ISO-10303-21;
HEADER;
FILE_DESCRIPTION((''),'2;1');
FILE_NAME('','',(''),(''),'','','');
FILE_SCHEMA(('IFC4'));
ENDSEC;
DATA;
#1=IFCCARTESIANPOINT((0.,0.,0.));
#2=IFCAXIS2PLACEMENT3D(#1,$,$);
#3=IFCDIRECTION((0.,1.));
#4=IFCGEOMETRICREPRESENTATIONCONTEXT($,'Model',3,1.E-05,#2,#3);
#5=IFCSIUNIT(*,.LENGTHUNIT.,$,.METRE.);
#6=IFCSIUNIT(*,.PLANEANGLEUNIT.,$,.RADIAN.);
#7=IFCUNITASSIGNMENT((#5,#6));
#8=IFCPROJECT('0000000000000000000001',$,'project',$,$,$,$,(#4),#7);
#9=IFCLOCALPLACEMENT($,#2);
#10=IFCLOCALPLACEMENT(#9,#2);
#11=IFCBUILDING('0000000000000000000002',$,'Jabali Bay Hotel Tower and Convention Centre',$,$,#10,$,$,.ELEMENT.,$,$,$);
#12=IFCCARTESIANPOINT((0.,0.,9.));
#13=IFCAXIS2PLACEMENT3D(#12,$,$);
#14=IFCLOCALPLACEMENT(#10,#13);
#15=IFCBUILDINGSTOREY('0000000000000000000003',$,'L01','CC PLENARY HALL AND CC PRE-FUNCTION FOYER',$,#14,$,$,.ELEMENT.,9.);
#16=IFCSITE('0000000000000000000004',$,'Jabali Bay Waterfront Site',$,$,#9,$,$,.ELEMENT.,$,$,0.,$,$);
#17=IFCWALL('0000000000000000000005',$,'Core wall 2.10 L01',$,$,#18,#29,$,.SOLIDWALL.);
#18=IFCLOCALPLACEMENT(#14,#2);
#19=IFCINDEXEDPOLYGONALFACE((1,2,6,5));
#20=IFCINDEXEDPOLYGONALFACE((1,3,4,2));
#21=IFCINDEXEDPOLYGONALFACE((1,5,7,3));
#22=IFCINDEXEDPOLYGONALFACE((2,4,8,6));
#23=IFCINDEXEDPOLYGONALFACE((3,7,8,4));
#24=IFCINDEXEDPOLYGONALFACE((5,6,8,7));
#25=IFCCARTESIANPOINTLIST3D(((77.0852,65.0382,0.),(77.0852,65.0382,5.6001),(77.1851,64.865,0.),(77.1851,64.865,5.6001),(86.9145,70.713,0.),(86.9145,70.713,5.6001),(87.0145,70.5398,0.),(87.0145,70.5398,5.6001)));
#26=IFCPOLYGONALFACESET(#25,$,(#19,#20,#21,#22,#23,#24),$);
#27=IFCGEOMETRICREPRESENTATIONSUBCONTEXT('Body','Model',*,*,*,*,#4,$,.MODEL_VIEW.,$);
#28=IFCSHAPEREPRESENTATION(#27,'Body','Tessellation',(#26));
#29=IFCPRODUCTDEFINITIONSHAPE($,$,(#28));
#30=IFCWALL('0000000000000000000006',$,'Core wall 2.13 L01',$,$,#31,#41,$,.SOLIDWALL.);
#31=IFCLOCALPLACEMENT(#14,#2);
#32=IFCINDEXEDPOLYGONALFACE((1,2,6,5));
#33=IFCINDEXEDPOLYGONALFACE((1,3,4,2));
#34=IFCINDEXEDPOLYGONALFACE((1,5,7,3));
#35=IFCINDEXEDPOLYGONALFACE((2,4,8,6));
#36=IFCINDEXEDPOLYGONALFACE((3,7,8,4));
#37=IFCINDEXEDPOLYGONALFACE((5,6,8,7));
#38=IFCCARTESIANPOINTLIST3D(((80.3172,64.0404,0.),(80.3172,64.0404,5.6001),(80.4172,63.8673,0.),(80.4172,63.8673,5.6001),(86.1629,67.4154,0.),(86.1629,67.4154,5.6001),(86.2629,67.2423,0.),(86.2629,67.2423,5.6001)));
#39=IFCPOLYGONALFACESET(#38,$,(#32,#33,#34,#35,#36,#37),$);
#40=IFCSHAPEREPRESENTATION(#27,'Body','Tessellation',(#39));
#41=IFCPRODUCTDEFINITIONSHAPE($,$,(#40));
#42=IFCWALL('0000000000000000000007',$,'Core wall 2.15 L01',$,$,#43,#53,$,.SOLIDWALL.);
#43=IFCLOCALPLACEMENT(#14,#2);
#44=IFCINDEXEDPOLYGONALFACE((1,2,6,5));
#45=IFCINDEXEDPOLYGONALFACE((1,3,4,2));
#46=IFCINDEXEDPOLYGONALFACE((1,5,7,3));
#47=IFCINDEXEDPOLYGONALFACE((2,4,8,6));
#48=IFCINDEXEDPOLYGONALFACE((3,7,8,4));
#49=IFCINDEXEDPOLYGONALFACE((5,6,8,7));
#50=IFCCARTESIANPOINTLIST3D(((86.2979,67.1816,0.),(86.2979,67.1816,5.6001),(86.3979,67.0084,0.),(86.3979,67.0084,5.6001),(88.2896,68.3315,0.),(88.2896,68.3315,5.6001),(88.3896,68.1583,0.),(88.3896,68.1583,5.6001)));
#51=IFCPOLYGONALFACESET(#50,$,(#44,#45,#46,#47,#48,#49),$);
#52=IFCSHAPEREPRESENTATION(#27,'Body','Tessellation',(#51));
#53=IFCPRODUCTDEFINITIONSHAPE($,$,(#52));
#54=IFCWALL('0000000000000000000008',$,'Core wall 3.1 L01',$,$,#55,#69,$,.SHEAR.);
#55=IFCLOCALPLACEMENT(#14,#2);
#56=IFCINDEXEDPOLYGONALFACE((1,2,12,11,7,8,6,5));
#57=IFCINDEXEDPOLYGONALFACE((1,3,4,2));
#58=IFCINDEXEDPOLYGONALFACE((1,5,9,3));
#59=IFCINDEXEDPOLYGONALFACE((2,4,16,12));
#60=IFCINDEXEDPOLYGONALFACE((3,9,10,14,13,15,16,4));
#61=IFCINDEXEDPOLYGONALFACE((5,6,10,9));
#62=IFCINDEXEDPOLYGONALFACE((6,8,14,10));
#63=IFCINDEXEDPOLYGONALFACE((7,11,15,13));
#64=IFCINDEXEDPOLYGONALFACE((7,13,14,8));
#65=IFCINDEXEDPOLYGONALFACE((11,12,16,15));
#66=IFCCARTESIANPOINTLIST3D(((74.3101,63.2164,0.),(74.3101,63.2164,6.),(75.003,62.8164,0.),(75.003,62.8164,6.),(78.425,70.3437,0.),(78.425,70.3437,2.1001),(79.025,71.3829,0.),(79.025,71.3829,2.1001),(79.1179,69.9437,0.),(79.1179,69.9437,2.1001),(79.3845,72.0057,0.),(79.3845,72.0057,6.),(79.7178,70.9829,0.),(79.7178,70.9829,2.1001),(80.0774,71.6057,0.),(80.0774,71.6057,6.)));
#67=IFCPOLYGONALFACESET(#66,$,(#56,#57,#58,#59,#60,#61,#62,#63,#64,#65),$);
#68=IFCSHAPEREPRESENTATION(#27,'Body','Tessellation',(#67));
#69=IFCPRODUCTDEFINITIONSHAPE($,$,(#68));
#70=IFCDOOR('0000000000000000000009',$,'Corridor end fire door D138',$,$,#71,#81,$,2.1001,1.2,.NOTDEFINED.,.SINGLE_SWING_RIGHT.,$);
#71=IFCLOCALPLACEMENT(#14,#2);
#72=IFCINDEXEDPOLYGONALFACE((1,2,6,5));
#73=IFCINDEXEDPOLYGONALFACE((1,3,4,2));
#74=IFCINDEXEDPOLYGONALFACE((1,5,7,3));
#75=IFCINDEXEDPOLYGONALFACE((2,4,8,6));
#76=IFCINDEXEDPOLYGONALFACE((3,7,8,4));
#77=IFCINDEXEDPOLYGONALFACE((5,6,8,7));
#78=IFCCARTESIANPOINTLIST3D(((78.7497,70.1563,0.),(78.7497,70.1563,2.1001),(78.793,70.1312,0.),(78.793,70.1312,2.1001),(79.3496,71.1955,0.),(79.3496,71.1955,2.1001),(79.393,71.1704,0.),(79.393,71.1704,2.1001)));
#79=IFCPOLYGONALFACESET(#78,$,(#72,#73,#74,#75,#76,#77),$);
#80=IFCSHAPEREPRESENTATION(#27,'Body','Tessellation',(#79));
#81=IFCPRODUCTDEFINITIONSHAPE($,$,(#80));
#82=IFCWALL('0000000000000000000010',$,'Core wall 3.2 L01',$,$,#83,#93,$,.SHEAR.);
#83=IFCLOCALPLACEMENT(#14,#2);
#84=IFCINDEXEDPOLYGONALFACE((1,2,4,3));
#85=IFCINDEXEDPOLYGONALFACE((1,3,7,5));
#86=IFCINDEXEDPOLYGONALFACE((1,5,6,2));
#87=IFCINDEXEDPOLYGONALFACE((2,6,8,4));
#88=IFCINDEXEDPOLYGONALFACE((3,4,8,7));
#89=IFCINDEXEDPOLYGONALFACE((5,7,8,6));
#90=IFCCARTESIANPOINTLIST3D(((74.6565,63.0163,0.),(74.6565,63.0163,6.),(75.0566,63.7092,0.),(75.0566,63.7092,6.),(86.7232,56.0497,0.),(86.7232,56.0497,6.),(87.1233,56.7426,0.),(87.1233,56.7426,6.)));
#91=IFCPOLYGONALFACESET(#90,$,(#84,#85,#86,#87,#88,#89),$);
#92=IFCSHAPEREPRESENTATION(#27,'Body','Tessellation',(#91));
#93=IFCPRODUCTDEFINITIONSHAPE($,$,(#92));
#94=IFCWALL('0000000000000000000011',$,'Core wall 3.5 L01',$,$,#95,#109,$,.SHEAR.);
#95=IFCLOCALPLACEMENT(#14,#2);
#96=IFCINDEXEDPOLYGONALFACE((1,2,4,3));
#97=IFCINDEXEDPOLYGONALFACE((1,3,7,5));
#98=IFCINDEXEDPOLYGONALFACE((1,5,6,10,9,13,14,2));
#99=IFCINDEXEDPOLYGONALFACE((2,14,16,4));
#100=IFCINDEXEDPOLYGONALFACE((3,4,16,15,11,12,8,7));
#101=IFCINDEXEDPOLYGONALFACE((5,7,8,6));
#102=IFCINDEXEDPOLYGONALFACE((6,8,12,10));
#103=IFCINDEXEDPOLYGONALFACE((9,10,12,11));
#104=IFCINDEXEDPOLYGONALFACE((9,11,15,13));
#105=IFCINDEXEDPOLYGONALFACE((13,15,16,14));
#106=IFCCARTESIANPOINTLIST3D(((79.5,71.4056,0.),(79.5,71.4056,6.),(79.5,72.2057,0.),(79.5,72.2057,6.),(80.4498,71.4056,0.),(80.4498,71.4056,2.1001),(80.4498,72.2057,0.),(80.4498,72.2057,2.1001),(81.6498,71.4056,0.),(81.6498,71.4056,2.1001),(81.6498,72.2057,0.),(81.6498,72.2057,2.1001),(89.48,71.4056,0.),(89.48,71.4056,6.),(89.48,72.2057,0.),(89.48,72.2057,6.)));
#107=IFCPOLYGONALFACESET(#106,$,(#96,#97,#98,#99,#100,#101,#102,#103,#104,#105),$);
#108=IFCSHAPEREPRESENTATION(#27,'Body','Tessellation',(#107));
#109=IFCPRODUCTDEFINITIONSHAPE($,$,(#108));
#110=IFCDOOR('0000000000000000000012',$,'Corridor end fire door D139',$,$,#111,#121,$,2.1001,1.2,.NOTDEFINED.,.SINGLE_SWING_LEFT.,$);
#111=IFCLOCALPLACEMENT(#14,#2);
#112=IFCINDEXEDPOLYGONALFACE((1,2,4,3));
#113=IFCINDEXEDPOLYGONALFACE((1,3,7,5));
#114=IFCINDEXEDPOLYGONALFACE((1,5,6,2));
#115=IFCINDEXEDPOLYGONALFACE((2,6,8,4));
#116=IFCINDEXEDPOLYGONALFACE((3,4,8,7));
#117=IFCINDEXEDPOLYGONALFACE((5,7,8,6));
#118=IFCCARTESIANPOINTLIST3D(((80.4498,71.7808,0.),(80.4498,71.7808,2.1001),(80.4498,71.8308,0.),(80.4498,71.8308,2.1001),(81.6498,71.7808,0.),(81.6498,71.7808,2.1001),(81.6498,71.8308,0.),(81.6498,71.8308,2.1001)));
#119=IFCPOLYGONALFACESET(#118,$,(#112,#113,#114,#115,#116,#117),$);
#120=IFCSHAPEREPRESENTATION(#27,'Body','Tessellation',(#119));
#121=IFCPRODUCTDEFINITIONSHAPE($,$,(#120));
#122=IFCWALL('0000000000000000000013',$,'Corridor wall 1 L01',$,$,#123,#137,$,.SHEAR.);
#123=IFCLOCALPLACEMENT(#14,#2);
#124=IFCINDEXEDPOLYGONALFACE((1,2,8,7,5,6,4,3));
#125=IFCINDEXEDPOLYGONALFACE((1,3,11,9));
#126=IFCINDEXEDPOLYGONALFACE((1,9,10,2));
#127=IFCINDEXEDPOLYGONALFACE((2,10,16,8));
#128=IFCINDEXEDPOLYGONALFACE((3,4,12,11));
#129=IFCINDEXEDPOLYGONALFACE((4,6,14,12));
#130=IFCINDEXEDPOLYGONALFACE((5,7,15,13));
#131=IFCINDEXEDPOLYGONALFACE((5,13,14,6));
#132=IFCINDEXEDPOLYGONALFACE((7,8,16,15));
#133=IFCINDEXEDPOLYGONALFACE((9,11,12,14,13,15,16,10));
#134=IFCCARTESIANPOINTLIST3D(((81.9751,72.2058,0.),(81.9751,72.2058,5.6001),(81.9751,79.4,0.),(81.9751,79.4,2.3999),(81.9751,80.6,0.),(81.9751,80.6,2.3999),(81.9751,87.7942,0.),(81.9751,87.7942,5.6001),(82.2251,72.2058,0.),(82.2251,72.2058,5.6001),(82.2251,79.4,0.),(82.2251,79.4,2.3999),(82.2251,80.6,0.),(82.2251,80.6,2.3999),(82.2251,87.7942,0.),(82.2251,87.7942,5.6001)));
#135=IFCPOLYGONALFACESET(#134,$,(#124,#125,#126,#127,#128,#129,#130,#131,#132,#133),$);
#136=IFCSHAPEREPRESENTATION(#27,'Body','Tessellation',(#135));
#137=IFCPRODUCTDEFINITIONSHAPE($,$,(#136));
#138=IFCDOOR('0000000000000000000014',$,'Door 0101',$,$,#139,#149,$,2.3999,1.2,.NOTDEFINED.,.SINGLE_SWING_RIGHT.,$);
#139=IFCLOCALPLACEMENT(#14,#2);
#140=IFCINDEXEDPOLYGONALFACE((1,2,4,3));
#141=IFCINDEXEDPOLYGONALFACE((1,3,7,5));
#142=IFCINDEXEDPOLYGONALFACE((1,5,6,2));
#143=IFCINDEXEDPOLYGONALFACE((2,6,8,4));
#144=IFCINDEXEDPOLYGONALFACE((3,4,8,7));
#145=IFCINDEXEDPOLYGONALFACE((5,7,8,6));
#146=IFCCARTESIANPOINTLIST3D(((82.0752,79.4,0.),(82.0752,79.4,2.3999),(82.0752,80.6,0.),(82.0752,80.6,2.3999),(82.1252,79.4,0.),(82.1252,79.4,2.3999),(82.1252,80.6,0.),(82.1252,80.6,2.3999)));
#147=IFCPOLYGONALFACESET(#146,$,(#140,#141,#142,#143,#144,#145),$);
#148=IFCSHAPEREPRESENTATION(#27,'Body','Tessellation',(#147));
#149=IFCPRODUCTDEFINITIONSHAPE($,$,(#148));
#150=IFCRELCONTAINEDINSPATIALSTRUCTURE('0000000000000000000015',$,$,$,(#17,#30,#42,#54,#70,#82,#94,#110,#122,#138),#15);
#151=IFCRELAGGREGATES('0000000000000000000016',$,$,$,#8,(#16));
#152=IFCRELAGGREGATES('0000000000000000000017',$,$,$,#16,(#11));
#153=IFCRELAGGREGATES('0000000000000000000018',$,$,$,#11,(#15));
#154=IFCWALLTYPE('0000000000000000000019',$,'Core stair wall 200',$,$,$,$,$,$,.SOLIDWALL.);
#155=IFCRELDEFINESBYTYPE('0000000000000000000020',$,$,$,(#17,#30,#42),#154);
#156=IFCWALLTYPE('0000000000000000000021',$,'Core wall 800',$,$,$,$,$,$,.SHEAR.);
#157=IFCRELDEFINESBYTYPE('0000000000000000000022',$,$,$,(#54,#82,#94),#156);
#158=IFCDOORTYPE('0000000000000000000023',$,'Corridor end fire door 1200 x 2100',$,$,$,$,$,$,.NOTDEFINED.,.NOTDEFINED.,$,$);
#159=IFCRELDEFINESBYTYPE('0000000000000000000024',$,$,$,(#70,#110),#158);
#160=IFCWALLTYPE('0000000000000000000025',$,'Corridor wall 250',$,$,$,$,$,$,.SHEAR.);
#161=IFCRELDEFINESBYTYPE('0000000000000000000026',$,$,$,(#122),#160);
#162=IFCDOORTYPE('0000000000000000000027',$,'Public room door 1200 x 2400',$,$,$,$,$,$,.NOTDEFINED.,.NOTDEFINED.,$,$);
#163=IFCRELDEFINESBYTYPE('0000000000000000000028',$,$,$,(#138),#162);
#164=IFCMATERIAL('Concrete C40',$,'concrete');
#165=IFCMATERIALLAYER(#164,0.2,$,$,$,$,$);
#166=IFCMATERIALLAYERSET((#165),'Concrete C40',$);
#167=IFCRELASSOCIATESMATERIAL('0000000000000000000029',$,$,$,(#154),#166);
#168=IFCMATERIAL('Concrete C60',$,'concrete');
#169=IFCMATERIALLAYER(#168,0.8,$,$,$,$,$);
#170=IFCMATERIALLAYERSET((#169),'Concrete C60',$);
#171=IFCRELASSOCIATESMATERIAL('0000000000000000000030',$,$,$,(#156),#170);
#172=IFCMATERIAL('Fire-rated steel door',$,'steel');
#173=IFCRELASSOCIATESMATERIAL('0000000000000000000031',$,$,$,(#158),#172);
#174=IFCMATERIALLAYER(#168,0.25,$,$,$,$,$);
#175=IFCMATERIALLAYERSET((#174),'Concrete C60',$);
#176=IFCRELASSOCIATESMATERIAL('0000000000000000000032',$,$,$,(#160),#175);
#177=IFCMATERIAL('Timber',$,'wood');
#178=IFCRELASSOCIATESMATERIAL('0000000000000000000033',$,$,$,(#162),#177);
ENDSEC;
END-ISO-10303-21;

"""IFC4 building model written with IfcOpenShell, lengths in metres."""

from ifc_helpers import new_model, si_unit, direction, frame, frame_2d, origin, place, context, subcontext, project, spatial, rectangle, extrude, material, layer, layer_set, type_object, element, fill, save


model = new_model("IFC4")

# Units and contexts
model_context = context("Model", 3, precision=1e-05, world=origin(), true_north=direction((0.0, 1.0)))
body_context = subcontext(model_context, "Body", "Model", "MODEL_VIEW")
ifc_project = project(units=[si_unit("LENGTHUNIT", "METRE"), si_unit("PLANEANGLEUNIT", "RADIAN")], contexts=[model_context])

# Site, building, storey
site_placement = place(None, origin())
site = spatial("IfcSite", under=ifc_project, at=site_placement, Name="Jabali Bay Waterfront Site", CompositionType="ELEMENT", RefElevation=0.0)
building_placement = place(site_placement, origin())
building = spatial("IfcBuilding", under=site, at=building_placement, Name="Jabali Bay Hotel Tower and Convention Centre", CompositionType="ELEMENT")
storey_placement = place(building_placement, frame((0.0, 0.0, 9.0)))
storey = spatial("IfcBuildingStorey", under=building, at=storey_placement, Name="L01", Description="CC PLENARY HALL AND CC PRE-FUNCTION FOYER", CompositionType="ELEMENT", Elevation=9.0)

# Shared definitions
ifc_material_1 = material(Name="Concrete C40", Category="concrete")
ifc_material_2 = material(Name="Fire-rated steel door", Category="steel")

# Shared definitions
ifc_layer_1 = layer(ifc_material_1, 0.2)
ifc_layer_set_1 = layer_set([ifc_layer_1], Name="Concrete C40")
wall_type_1 = type_object("IfcWallType", Name="Core stair wall 200", PredefinedType="SOLIDWALL", material=ifc_layer_set_1)

# Walls
wall_1_placement = place(storey_placement, frame((77.1353, 64.9517, 0.0), z_axis=(0.0, 0.0, 1.0), x_axis=(0.866032, 0.499989, 0.0)))
element("IfcWall", 1, at=wall_1_placement, inside=storey, type_object=wall_type_1, Name="Core wall 2.10 L01", PredefinedType="SOLIDWALL", context=body_context, shape_type="SweptSolid", body=[
    extrude(rectangle(XDim=11.3499, YDim=0.2, at=frame_2d((5.6748, 0.0))), origin(), (0.0, 0.0, 1.0), 5.6001),
])
wall_2_placement = place(storey_placement, frame((80.3672, 63.9539, 0.0), z_axis=(0.0, 0.0, 1.0), x_axis=(0.866027, 0.499998, 0.0)))
element("IfcWall", 2, at=wall_2_placement, inside=storey, type_object=wall_type_1, Name="Core wall 2.13 L01", PredefinedType="SOLIDWALL", context=body_context, shape_type="SweptSolid", body=[
    extrude(rectangle(XDim=6.75, YDim=0.2, at=frame_2d((3.375, 0.0))), origin(), (0.0, 0.0, 1.0), 5.6001),
])
wall_3_placement = place(storey_placement, frame((86.3479, 67.095, 0.0), z_axis=(0.0, 0.0, 1.0), x_axis=(0.866026, 0.499998, 0.0)))
element("IfcWall", 3, at=wall_3_placement, inside=storey, type_object=wall_type_1, Name="Core wall 2.15 L01", PredefinedType="SOLIDWALL", context=body_context, shape_type="SweptSolid", body=[
    extrude(rectangle(XDim=2.2998, YDim=0.2, at=frame_2d((1.1499, 0.0))), origin(), (0.0, 0.0, 1.0), 5.6001),
])

# Wall, opening, door
ifc_material_3 = material(Name="Concrete C60", Category="concrete")
ifc_layer_2 = layer(ifc_material_3, 0.8)
ifc_layer_set_2 = layer_set([ifc_layer_2], Name="Concrete C60")
wall_type_2 = type_object("IfcWallType", Name="Core wall 800", PredefinedType="SHEAR", material=ifc_layer_set_2)
wall_4_placement = place(storey_placement, frame((79.731, 71.8057, 0.0), z_axis=(0.0, 0.0, 1.0), x_axis=(-0.499997, -0.866027, 0.0)))
wall_4 = element("IfcWall", 4, at=wall_4_placement, inside=storey, type_object=wall_type_2, Name="Core wall 3.1 L01", PredefinedType="SHEAR", context=body_context, shape_type="SweptSolid", body=[
    extrude(rectangle(XDim=10.1489, YDim=0.8, at=frame_2d((5.0745, 0.0))), origin(), (0.0, 0.0, 1.0), 6.0),
])
opening_1_placement = place(wall_4_placement, frame((0.719, 0.0, 0.0)))
opening_1 = element("IfcOpeningElement", 5, at=opening_1_placement, cuts=wall_4, PredefinedType="OPENING", context=body_context, shape_type="SweptSolid", body=[
    extrude(rectangle(XDim=1.2, YDim=2.1001, at=frame_2d((0.6001, 1.05))), frame((0.0, 0.4106, 0.0), z_axis=(0.0, -1.0, 0.0), x_axis=(1.0, 0.0, 0.0)), (0.0, 0.0, 1.0), 0.821),
])
door_type_1 = type_object("IfcDoorType", Name="Corridor end fire door 1200 x 2100", OperationType="NOTDEFINED", PredefinedType="NOTDEFINED", material=ifc_material_2)
door_1_placement = place(opening_1_placement, origin())
door_1 = element("IfcDoor", 6, at=door_1_placement, inside=storey, type_object=door_type_1, Name="Corridor end fire door D138", OperationType="SINGLE_SWING_RIGHT", OverallHeight=2.1001, OverallWidth=1.2, PredefinedType="NOTDEFINED", context=body_context, shape_type="SweptSolid", body=[
    extrude(rectangle(XDim=1.2, YDim=2.1001, at=frame_2d((0.6001, 1.05))), frame((0.0, 0.0249, 0.0), z_axis=(0.0, -1.0, 0.0), x_axis=(1.0, 0.0, 0.0)), (0.0, 0.0, 1.0), 0.05),
])
fill(opening_1, door_1)

# Wall
wall_5_placement = place(storey_placement, frame((74.8564, 63.3628, 0.0), z_axis=(0.0, 0.0, 1.0), x_axis=(0.866029, -0.499993, 0.0)))
element("IfcWall", 7, at=wall_5_placement, inside=storey, type_object=wall_type_2, Name="Core wall 3.2 L01", PredefinedType="SHEAR", context=body_context, shape_type="SweptSolid", body=[
    extrude(rectangle(XDim=13.9333, YDim=0.8, at=frame_2d((6.9668, 0.0))), origin(), (0.0, 0.0, 1.0), 6.0),
])

# Walls, openings, doors
wall_6_placement = place(storey_placement, frame((89.48, 71.8057, 0.0), z_axis=(0.0, 0.0, 1.0), x_axis=(-1.0, 0.0, 0.0)))
wall_6 = element("IfcWall", 8, at=wall_6_placement, inside=storey, type_object=wall_type_2, Name="Core wall 3.5 L01", PredefinedType="SHEAR", context=body_context, shape_type="SweptSolid", body=[
    extrude(rectangle(XDim=9.98, YDim=0.8, at=frame_2d((4.99, 0.0))), origin(), (0.0, 0.0, 1.0), 6.0),
])
opening_2_placement = place(wall_6_placement, frame((7.8301, 0.0, 0.0)))
opening_2 = element("IfcOpeningElement", 9, at=opening_2_placement, cuts=wall_6, PredefinedType="OPENING", context=body_context, shape_type="SweptSolid", body=[
    extrude(rectangle(XDim=1.2, YDim=2.1001, at=frame_2d((0.6001, 1.05))), frame((0.0, 0.4106, 0.0), z_axis=(0.0, -1.0, 0.0), x_axis=(1.0, 0.0, 0.0)), (0.0, 0.0, 1.0), 0.821),
])
door_2_placement = place(opening_2_placement, origin())
door_2 = element("IfcDoor", 10, at=door_2_placement, inside=storey, type_object=door_type_1, Name="Corridor end fire door D139", OperationType="SINGLE_SWING_LEFT", OverallHeight=2.1001, OverallWidth=1.2, PredefinedType="NOTDEFINED", context=body_context, shape_type="SweptSolid", body=[
    extrude(rectangle(XDim=1.2, YDim=2.1001, at=frame_2d((0.6001, 1.05))), frame((0.0, 0.0249, 0.0), z_axis=(0.0, -1.0, 0.0), x_axis=(1.0, 0.0, 0.0)), (0.0, 0.0, 1.0), 0.05),
])
fill(opening_2, door_2)
ifc_layer_3 = layer(ifc_material_3, 0.25)
ifc_layer_set_3 = layer_set([ifc_layer_3], Name="Concrete C60")
wall_type_3 = type_object("IfcWallType", Name="Corridor wall 250", PredefinedType="SHEAR", material=ifc_layer_set_3)
wall_7_placement = place(storey_placement, frame((82.1001, 72.2058, 0.0), z_axis=(0.0, 0.0, 1.0), x_axis=(0.0, 1.0, 0.0)))
wall_7 = element("IfcWall", 11, at=wall_7_placement, inside=storey, type_object=wall_type_3, Name="Corridor wall 1 L01", PredefinedType="SHEAR", context=body_context, shape_type="SweptSolid", body=[
    extrude(rectangle(XDim=15.5884, YDim=0.25, at=frame_2d((7.7942, 0.0))), origin(), (0.0, 0.0, 1.0), 5.6001),
])
opening_3_placement = place(wall_7_placement, frame((7.1941, 0.0, 0.0)))
opening_3 = element("IfcOpeningElement", 12, at=opening_3_placement, cuts=wall_7, PredefinedType="OPENING", context=body_context, shape_type="SweptSolid", body=[
    extrude(rectangle(XDim=1.2, YDim=2.3999, at=frame_2d((0.6001, 1.2))), frame((0.0, 0.1355, 0.0), z_axis=(0.0, -1.0, 0.0), x_axis=(1.0, 0.0, 0.0)), (0.0, 0.0, 1.0), 0.271),
])
ifc_material_4 = material(Name="Timber", Category="wood")
door_type_2 = type_object("IfcDoorType", Name="Public room door 1200 x 2400", OperationType="NOTDEFINED", PredefinedType="NOTDEFINED", material=ifc_material_4)
door_3_placement = place(opening_3_placement, origin())
door_3 = element("IfcDoor", 13, at=door_3_placement, inside=storey, type_object=door_type_2, Name="Door 0101", OperationType="SINGLE_SWING_RIGHT", OverallHeight=2.3999, OverallWidth=1.2, PredefinedType="NOTDEFINED", context=body_context, shape_type="SweptSolid", body=[
    extrude(rectangle(XDim=1.2, YDim=2.3999, at=frame_2d((0.6001, 1.2))), frame((0.0, 0.0249, 0.0), z_axis=(0.0, -1.0, 0.0), x_axis=(1.0, 0.0, 0.0)), (0.0, 0.0, 1.0), 0.05),
])
fill(opening_3, door_3)

save(model, "model.ifc")
